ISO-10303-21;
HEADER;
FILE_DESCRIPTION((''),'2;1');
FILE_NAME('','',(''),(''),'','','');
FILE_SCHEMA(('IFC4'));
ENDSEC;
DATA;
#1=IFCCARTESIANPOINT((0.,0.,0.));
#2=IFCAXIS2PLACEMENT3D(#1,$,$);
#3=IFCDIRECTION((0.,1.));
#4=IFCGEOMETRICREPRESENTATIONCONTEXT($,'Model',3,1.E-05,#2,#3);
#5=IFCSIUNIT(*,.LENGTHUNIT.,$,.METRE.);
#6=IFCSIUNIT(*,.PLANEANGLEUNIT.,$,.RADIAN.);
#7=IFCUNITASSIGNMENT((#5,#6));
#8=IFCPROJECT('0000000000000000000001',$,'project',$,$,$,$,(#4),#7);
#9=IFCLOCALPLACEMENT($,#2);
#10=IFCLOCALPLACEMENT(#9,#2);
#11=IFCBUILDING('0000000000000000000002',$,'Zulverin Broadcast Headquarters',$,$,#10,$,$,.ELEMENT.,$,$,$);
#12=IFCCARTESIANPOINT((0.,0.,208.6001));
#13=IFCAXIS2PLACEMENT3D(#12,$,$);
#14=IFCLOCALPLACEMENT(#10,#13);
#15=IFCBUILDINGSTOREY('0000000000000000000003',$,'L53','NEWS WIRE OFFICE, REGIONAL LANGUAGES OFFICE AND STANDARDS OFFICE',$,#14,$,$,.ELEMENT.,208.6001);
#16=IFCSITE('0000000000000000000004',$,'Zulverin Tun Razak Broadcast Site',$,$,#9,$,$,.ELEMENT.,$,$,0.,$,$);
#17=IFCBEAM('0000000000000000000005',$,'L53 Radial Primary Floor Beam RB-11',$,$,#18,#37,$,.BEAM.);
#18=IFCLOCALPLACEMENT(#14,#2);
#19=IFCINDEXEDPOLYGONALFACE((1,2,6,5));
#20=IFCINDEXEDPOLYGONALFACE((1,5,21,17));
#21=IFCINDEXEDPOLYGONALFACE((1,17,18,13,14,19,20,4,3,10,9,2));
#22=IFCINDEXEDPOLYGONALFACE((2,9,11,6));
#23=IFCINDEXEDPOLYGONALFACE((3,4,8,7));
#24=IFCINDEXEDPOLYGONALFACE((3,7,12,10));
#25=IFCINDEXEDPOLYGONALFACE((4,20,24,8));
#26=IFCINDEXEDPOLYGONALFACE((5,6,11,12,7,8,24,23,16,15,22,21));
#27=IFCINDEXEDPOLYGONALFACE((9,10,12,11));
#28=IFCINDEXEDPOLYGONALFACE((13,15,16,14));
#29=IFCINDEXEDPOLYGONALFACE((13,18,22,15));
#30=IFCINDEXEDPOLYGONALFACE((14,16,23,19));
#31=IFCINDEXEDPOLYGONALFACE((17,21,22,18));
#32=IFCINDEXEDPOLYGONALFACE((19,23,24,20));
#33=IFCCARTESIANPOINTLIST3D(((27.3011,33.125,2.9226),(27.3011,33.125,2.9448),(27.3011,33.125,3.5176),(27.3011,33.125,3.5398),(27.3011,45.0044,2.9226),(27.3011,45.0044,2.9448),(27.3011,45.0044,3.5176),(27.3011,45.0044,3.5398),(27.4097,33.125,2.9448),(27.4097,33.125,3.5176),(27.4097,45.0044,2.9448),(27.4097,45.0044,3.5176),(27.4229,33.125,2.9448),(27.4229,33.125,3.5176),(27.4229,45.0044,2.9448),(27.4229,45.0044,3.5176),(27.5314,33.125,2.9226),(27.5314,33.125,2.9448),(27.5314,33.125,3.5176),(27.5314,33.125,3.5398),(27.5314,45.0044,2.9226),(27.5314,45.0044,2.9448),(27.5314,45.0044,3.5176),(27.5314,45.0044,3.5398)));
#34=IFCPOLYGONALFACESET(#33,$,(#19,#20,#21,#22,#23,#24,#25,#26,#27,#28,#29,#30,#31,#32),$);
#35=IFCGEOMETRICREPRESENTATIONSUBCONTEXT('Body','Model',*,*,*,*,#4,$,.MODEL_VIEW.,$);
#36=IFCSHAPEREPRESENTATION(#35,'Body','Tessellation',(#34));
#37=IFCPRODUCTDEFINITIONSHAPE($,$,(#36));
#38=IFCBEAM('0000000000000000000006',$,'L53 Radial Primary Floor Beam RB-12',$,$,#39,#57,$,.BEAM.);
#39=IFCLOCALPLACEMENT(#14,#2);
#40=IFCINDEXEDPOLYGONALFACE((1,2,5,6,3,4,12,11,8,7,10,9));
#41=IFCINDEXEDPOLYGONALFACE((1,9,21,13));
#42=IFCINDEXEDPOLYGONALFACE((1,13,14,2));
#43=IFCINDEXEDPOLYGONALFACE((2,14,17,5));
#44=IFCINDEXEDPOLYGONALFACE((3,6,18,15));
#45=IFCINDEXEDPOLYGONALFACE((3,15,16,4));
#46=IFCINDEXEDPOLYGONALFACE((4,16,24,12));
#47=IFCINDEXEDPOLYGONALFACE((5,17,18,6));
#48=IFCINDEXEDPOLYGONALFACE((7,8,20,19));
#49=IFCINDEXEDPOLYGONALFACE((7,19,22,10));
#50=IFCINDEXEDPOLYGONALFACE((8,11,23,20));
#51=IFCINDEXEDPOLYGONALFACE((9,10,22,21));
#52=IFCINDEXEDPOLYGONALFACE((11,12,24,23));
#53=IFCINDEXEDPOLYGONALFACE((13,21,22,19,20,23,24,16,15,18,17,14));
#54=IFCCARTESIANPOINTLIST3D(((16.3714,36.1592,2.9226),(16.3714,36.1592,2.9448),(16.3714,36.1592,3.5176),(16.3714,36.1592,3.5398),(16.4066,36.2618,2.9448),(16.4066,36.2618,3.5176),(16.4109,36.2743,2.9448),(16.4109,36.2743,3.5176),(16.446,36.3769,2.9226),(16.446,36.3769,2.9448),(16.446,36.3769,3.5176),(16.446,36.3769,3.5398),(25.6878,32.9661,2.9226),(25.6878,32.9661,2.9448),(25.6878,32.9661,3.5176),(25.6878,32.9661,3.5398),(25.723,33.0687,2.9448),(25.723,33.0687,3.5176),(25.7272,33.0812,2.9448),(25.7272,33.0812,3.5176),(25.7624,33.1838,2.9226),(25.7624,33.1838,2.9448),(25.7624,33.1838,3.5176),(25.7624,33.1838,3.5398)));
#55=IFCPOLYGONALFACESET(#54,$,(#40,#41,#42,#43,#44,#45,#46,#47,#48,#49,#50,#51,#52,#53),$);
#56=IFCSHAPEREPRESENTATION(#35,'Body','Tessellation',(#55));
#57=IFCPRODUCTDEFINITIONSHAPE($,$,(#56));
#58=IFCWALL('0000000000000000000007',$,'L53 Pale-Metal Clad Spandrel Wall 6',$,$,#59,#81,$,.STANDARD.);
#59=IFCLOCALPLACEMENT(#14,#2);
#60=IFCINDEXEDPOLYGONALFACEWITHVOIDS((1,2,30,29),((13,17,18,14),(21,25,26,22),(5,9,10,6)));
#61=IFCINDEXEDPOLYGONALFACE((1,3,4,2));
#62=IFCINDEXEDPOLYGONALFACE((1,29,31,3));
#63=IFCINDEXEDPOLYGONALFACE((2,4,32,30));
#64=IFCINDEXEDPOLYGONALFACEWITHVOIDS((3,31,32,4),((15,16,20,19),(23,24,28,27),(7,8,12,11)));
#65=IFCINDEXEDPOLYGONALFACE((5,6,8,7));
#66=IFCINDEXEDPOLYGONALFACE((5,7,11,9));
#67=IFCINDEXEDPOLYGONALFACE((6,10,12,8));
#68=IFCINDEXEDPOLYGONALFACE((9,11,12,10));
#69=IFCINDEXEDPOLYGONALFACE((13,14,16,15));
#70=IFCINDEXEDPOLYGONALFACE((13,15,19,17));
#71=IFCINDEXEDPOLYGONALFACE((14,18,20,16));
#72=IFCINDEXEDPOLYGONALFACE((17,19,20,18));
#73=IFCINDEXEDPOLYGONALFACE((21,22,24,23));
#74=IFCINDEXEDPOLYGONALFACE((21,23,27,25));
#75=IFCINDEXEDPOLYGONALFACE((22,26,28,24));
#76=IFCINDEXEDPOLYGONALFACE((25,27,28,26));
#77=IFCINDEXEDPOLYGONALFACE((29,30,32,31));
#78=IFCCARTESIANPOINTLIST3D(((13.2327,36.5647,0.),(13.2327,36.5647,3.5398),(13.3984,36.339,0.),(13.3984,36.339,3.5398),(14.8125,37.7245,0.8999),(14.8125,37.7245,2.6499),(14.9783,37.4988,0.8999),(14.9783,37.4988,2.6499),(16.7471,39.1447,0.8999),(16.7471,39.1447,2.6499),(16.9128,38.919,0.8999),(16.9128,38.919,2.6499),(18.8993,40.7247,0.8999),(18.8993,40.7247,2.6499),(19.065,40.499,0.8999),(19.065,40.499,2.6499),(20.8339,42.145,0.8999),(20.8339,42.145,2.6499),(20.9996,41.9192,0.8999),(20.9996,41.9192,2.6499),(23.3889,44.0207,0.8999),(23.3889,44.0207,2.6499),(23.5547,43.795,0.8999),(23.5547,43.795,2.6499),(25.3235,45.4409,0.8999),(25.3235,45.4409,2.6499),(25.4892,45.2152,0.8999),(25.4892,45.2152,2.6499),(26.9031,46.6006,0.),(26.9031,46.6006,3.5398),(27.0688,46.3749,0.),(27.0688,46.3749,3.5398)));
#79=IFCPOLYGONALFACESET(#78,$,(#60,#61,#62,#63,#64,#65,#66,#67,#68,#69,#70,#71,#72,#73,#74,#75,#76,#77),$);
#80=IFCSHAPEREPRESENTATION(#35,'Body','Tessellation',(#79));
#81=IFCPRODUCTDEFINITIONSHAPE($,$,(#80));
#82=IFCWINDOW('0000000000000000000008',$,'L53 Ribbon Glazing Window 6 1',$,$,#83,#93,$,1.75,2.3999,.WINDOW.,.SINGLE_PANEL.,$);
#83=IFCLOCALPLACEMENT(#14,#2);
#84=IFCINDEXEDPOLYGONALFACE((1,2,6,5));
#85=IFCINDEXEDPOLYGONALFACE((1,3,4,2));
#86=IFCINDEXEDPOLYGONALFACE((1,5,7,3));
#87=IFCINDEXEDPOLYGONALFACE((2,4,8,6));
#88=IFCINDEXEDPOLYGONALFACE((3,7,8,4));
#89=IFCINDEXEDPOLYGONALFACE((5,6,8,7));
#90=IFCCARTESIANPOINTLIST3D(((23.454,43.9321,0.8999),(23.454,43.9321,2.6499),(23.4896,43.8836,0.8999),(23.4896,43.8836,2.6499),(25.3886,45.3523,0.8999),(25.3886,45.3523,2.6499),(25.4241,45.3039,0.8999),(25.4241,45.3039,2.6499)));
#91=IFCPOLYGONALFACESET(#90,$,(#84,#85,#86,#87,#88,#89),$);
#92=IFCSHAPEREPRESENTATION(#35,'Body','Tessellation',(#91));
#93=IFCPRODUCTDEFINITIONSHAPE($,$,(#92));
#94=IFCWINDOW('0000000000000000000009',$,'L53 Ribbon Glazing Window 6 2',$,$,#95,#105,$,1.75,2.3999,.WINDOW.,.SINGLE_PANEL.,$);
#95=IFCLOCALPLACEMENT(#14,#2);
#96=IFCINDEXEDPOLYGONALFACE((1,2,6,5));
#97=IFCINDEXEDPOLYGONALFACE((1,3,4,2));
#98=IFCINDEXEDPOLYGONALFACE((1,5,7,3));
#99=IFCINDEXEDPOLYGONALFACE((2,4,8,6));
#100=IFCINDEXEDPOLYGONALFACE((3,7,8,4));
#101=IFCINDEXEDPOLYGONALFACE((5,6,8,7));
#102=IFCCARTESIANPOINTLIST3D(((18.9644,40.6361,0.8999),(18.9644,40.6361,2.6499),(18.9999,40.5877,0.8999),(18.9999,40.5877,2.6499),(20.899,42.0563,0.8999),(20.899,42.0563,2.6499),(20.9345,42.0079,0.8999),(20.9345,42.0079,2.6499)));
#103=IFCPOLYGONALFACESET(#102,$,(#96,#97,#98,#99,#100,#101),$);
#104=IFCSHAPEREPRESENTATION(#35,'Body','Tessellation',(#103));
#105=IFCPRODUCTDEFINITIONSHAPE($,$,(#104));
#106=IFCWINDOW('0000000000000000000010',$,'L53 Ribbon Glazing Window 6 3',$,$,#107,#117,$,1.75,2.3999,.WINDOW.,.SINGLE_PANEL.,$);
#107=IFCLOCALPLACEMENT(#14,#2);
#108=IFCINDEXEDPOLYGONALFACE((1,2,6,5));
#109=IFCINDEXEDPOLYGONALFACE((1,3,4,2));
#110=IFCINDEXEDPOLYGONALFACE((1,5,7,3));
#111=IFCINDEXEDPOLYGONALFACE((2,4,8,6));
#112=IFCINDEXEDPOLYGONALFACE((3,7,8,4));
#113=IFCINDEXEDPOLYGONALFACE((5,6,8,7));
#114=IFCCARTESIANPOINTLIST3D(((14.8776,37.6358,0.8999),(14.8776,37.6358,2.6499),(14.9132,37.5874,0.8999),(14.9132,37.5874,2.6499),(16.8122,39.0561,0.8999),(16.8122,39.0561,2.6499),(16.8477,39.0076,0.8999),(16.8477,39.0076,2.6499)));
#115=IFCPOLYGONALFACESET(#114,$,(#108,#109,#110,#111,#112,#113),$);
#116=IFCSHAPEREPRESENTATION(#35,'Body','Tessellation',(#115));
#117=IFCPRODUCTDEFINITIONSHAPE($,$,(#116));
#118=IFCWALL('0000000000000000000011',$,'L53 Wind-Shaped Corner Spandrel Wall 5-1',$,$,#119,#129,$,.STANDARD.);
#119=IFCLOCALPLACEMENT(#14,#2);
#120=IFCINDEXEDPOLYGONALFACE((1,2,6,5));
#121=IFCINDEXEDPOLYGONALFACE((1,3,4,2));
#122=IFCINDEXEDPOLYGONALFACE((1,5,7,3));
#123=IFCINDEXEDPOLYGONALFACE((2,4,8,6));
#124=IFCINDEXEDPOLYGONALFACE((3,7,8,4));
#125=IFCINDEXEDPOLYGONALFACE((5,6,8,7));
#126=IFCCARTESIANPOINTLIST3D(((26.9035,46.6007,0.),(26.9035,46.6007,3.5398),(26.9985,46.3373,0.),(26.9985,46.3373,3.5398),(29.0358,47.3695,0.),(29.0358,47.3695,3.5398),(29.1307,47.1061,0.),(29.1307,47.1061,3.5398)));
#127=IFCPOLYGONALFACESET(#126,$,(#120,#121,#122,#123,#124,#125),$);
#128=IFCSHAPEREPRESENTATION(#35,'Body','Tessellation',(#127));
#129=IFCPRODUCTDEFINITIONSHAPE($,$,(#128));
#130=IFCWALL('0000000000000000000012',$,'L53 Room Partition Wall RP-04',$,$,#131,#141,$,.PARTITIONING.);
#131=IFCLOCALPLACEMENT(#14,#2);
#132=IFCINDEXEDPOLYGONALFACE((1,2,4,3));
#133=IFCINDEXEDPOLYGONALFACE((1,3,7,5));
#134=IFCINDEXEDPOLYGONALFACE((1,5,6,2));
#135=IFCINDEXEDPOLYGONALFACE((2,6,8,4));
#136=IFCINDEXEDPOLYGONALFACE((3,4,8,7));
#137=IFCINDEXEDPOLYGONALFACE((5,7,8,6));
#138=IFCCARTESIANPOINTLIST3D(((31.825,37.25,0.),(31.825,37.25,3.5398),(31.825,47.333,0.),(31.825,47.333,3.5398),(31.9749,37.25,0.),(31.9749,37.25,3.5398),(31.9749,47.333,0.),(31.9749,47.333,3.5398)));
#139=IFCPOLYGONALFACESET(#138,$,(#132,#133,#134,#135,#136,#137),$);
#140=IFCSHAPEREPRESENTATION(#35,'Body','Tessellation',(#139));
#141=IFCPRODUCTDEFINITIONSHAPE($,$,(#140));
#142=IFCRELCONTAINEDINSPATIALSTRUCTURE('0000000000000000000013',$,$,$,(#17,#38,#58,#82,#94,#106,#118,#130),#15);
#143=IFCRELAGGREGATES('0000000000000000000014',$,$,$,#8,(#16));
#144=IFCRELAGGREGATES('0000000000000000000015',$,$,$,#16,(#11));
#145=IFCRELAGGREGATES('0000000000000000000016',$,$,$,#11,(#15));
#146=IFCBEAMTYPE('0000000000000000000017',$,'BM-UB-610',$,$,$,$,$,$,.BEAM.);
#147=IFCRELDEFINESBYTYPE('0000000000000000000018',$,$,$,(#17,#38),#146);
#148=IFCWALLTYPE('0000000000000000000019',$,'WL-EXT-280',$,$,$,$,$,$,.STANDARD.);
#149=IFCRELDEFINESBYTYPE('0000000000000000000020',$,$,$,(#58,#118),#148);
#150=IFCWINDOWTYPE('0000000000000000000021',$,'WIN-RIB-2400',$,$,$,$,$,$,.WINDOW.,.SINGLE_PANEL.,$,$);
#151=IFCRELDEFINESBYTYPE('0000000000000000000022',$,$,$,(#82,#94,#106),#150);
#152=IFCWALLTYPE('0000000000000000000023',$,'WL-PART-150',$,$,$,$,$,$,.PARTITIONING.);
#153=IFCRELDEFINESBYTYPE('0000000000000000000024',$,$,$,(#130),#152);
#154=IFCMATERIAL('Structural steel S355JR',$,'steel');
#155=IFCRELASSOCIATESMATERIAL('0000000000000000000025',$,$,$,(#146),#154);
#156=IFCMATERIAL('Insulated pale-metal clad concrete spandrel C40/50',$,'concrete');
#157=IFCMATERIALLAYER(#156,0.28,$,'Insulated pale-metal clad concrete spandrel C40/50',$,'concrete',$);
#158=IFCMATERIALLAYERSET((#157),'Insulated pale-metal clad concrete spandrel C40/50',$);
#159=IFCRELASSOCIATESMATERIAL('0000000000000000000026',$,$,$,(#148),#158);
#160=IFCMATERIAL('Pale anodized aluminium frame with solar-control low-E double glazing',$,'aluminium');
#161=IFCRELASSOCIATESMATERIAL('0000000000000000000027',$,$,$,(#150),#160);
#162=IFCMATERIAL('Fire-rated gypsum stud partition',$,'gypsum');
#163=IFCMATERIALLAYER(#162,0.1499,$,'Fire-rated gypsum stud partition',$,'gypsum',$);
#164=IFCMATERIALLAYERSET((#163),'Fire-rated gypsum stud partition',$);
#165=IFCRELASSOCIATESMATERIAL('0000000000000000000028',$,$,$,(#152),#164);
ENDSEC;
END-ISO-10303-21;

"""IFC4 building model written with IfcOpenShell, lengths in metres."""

from ifc_helpers import new_model, si_unit, direction, frame, frame_2d, origin, origin_2d, place, context, subcontext, project, spatial, rectangle, i_section, extrude, material, layer, layer_set, material_profile, profile_set, type_object, element, fill, save


model = new_model("IFC4")

# Units and contexts
model_context = context("Model", 3, precision=1e-05, world=origin(), true_north=direction((0.0, 1.0)))
body_context = subcontext(model_context, "Body", "Model", "MODEL_VIEW")
ifc_project = project(units=[si_unit("LENGTHUNIT", "METRE"), si_unit("PLANEANGLEUNIT", "RADIAN")], contexts=[model_context])

# Site, building, storey
site_placement = place(None, origin())
site = spatial("IfcSite", under=ifc_project, at=site_placement, Name="Zulverin Tun Razak Broadcast Site", CompositionType="ELEMENT", RefElevation=0.0)
building_placement = place(site_placement, origin())
building = spatial("IfcBuilding", under=site, at=building_placement, Name="Zulverin Broadcast Headquarters", CompositionType="ELEMENT")
storey_placement = place(building_placement, frame((0.0, 0.0, 208.6001)))
storey = spatial("IfcBuildingStorey", under=building, at=storey_placement, Name="L53", Description="NEWS WIRE OFFICE, REGIONAL LANGUAGES OFFICE AND STANDARDS OFFICE", CompositionType="ELEMENT", Elevation=208.6001)

# Beams
ifc_material_1 = material(Name="Structural steel S355JR", Category="steel")
ifc_material_profile_1 = material_profile(ifc_material_1, i_section(OverallWidth=0.2302, OverallDepth=0.6172, WebThickness=0.0132, FlangeThickness=0.0222, at=origin_2d()), Name="Structural steel S355JR", Category="steel")
ifc_profile_set_1 = profile_set([ifc_material_profile_1], Name="Structural steel S355JR")
beam_type_1 = type_object("IfcBeamType", Name="BM-UB-610", PredefinedType="BEAM", material=ifc_profile_set_1)
beam_1_placement = place(storey_placement, frame((27.4163, 33.125, 3.2312), z_axis=(0.0, 1.0, 0.0), x_axis=(-1.0, 0.0, 0.0)))
element("IfcBeam", 1, at=beam_1_placement, inside=storey, type_object=beam_type_1, Name="L53 Radial Primary Floor Beam RB-11", PredefinedType="BEAM", context=body_context, shape_type="SweptSolid", body=[
    extrude(i_section(OverallWidth=0.2302, OverallDepth=0.6172, WebThickness=0.0132, FlangeThickness=0.0222, at=origin_2d()), origin(), (0.0, 0.0, 1.0), 11.8794),
])
beam_2_placement = place(storey_placement, frame((25.7251, 33.075, 3.2312), z_axis=(-0.94598, 0.324226, 0.0), x_axis=(-0.324226, -0.94598, 0.0)))
element("IfcBeam", 2, at=beam_2_placement, inside=storey, type_object=beam_type_1, Name="L53 Radial Primary Floor Beam RB-12", PredefinedType="BEAM", context=body_context, shape_type="SweptSolid", body=[
    extrude(i_section(OverallWidth=0.2302, OverallDepth=0.6172, WebThickness=0.0132, FlangeThickness=0.0222, at=origin_2d()), origin(), (0.0, 0.0, 1.0), 9.8484),
])

# Wall, openings, windows
ifc_material_2 = material(Name="Insulated pale-metal clad concrete spandrel C40/50", Category="concrete")
ifc_layer_1 = layer(ifc_material_2, 0.28, Name="Insulated pale-metal clad concrete spandrel C40/50", Category="concrete")
ifc_layer_set_1 = layer_set([ifc_layer_1], Name="Insulated pale-metal clad concrete spandrel C40/50")
wall_type_1 = type_object("IfcWallType", Name="WL-EXT-280", PredefinedType="STANDARD", material=ifc_layer_set_1)
wall_1_placement = place(storey_placement, frame((26.9861, 46.4878, 0.0), z_axis=(0.0, 0.0, 1.0), x_axis=(-0.806098, -0.591782, 0.0)))
wall_1 = element("IfcWall", 3, at=wall_1_placement, inside=storey, type_object=wall_type_1, Name="L53 Pale-Metal Clad Spandrel Wall 6", PredefinedType="STANDARD", context=body_context, shape_type="SweptSolid", body=[
    extrude(rectangle(XDim=16.9587, YDim=0.28, at=frame_2d((8.4795, 0.0))), origin(), (0.0, 0.0, 1.0), 3.5398),
])
opening_1_placement = place(wall_1_placement, frame((1.9597, 0.0, 0.8999)))
opening_1 = element("IfcOpeningElement", 4, at=opening_1_placement, cuts=wall_1, PredefinedType="OPENING", context=body_context, shape_type="SweptSolid", body=[
    extrude(rectangle(XDim=2.3999, YDim=1.75, at=frame_2d((1.2, 0.875))), frame((0.0, 0.1499, 0.0), z_axis=(0.0, -1.0, 0.0), x_axis=(1.0, 0.0, 0.0)), (0.0, 0.0, 1.0), 0.3),
])
opening_2_placement = place(wall_1_placement, frame((7.5293, 0.0, 0.8999)))
opening_2 = element("IfcOpeningElement", 5, at=opening_2_placement, cuts=wall_1, PredefinedType="OPENING", context=body_context, shape_type="SweptSolid", body=[
    extrude(rectangle(XDim=2.3999, YDim=1.75, at=frame_2d((1.2, 0.875))), frame((0.0, 0.1499, 0.0), z_axis=(0.0, -1.0, 0.0), x_axis=(1.0, 0.0, 0.0)), (0.0, 0.0, 1.0), 0.3),
])
opening_3_placement = place(wall_1_placement, frame((12.5991, 0.0, 0.8999)))
opening_3 = element("IfcOpeningElement", 6, at=opening_3_placement, cuts=wall_1, PredefinedType="OPENING", context=body_context, shape_type="SweptSolid", body=[
    extrude(rectangle(XDim=2.3999, YDim=1.75, at=frame_2d((1.2, 0.875))), frame((0.0, 0.1499, 0.0), z_axis=(0.0, -1.0, 0.0), x_axis=(1.0, 0.0, 0.0)), (0.0, 0.0, 1.0), 0.3),
])
ifc_material_3 = material(Name="Pale anodized aluminium frame with solar-control low-E double glazing", Category="aluminium")
window_type = type_object("IfcWindowType", Name="WIN-RIB-2400", PartitioningType="SINGLE_PANEL", PredefinedType="WINDOW", material=ifc_material_3)
window_1_placement = place(opening_1_placement, origin())
window_1 = element("IfcWindow", 7, at=window_1_placement, inside=storey, type_object=window_type, Name="L53 Ribbon Glazing Window 6 1", OverallHeight=1.75, OverallWidth=2.3999, PartitioningType="SINGLE_PANEL", PredefinedType="WINDOW", context=body_context, shape_type="SweptSolid", body=[
    extrude(rectangle(XDim=2.3999, YDim=1.75, at=frame_2d((1.2, 0.875))), frame((0.0, 0.03, 0.0), z_axis=(0.0, -1.0, 0.0), x_axis=(1.0, 0.0, 0.0)), (0.0, 0.0, 1.0), 0.0601),
])
fill(opening_1, window_1)
window_2_placement = place(opening_2_placement, origin())
window_2 = element("IfcWindow", 8, at=window_2_placement, inside=storey, type_object=window_type, Name="L53 Ribbon Glazing Window 6 2", OverallHeight=1.75, OverallWidth=2.3999, PartitioningType="SINGLE_PANEL", PredefinedType="WINDOW", context=body_context, shape_type="SweptSolid", body=[
    extrude(rectangle(XDim=2.3999, YDim=1.75, at=frame_2d((1.2, 0.875))), frame((0.0, 0.03, 0.0), z_axis=(0.0, -1.0, 0.0), x_axis=(1.0, 0.0, 0.0)), (0.0, 0.0, 1.0), 0.0601),
])
fill(opening_2, window_2)
window_3_placement = place(opening_3_placement, origin())
window_3 = element("IfcWindow", 9, at=window_3_placement, inside=storey, type_object=window_type, Name="L53 Ribbon Glazing Window 6 3", OverallHeight=1.75, OverallWidth=2.3999, PartitioningType="SINGLE_PANEL", PredefinedType="WINDOW", context=body_context, shape_type="SweptSolid", body=[
    extrude(rectangle(XDim=2.3999, YDim=1.75, at=frame_2d((1.2, 0.875))), frame((0.0, 0.03, 0.0), z_axis=(0.0, -1.0, 0.0), x_axis=(1.0, 0.0, 0.0)), (0.0, 0.0, 1.0), 0.0601),
])
fill(opening_3, window_3)

# Wall
wall_2_placement = place(storey_placement, frame((29.0833, 47.2378, 0.0), z_axis=(0.0, 0.0, 1.0), x_axis=(-0.940724, -0.339173, 0.0)))
element("IfcWall", 10, at=wall_2_placement, inside=storey, type_object=wall_type_1, Name="L53 Wind-Shaped Corner Spandrel Wall 5-1", PredefinedType="STANDARD", context=body_context, shape_type="SweptSolid", body=[
    extrude(rectangle(XDim=2.2666, YDim=0.28, at=frame_2d((1.1333, 0.0))), origin(), (0.0, 0.0, 1.0), 3.5398),
])

# Shared definitions
ifc_material_4 = material(Name="Fire-rated gypsum stud partition", Category="gypsum")
ifc_layer_2 = layer(ifc_material_4, 0.1499, Name="Fire-rated gypsum stud partition", Category="gypsum")
ifc_layer_set_2 = layer_set([ifc_layer_2], Name="Fire-rated gypsum stud partition")
wall_type_2 = type_object("IfcWallType", Name="WL-PART-150", PredefinedType="PARTITIONING", material=ifc_layer_set_2)

# Wall
wall_3_placement = place(storey_placement, frame((31.8999, 37.25, 0.0), z_axis=(0.0, 0.0, 1.0), x_axis=(0.0, 1.0, 0.0)))
element("IfcWall", 11, at=wall_3_placement, inside=storey, type_object=wall_type_2, Name="L53 Room Partition Wall RP-04", PredefinedType="PARTITIONING", context=body_context, shape_type="SweptSolid", body=[
    extrude(rectangle(XDim=10.083, YDim=0.1499, at=frame_2d((5.0415, 0.0))), origin(), (0.0, 0.0, 1.0), 3.5398),
])

save(model, "model.ifc")
